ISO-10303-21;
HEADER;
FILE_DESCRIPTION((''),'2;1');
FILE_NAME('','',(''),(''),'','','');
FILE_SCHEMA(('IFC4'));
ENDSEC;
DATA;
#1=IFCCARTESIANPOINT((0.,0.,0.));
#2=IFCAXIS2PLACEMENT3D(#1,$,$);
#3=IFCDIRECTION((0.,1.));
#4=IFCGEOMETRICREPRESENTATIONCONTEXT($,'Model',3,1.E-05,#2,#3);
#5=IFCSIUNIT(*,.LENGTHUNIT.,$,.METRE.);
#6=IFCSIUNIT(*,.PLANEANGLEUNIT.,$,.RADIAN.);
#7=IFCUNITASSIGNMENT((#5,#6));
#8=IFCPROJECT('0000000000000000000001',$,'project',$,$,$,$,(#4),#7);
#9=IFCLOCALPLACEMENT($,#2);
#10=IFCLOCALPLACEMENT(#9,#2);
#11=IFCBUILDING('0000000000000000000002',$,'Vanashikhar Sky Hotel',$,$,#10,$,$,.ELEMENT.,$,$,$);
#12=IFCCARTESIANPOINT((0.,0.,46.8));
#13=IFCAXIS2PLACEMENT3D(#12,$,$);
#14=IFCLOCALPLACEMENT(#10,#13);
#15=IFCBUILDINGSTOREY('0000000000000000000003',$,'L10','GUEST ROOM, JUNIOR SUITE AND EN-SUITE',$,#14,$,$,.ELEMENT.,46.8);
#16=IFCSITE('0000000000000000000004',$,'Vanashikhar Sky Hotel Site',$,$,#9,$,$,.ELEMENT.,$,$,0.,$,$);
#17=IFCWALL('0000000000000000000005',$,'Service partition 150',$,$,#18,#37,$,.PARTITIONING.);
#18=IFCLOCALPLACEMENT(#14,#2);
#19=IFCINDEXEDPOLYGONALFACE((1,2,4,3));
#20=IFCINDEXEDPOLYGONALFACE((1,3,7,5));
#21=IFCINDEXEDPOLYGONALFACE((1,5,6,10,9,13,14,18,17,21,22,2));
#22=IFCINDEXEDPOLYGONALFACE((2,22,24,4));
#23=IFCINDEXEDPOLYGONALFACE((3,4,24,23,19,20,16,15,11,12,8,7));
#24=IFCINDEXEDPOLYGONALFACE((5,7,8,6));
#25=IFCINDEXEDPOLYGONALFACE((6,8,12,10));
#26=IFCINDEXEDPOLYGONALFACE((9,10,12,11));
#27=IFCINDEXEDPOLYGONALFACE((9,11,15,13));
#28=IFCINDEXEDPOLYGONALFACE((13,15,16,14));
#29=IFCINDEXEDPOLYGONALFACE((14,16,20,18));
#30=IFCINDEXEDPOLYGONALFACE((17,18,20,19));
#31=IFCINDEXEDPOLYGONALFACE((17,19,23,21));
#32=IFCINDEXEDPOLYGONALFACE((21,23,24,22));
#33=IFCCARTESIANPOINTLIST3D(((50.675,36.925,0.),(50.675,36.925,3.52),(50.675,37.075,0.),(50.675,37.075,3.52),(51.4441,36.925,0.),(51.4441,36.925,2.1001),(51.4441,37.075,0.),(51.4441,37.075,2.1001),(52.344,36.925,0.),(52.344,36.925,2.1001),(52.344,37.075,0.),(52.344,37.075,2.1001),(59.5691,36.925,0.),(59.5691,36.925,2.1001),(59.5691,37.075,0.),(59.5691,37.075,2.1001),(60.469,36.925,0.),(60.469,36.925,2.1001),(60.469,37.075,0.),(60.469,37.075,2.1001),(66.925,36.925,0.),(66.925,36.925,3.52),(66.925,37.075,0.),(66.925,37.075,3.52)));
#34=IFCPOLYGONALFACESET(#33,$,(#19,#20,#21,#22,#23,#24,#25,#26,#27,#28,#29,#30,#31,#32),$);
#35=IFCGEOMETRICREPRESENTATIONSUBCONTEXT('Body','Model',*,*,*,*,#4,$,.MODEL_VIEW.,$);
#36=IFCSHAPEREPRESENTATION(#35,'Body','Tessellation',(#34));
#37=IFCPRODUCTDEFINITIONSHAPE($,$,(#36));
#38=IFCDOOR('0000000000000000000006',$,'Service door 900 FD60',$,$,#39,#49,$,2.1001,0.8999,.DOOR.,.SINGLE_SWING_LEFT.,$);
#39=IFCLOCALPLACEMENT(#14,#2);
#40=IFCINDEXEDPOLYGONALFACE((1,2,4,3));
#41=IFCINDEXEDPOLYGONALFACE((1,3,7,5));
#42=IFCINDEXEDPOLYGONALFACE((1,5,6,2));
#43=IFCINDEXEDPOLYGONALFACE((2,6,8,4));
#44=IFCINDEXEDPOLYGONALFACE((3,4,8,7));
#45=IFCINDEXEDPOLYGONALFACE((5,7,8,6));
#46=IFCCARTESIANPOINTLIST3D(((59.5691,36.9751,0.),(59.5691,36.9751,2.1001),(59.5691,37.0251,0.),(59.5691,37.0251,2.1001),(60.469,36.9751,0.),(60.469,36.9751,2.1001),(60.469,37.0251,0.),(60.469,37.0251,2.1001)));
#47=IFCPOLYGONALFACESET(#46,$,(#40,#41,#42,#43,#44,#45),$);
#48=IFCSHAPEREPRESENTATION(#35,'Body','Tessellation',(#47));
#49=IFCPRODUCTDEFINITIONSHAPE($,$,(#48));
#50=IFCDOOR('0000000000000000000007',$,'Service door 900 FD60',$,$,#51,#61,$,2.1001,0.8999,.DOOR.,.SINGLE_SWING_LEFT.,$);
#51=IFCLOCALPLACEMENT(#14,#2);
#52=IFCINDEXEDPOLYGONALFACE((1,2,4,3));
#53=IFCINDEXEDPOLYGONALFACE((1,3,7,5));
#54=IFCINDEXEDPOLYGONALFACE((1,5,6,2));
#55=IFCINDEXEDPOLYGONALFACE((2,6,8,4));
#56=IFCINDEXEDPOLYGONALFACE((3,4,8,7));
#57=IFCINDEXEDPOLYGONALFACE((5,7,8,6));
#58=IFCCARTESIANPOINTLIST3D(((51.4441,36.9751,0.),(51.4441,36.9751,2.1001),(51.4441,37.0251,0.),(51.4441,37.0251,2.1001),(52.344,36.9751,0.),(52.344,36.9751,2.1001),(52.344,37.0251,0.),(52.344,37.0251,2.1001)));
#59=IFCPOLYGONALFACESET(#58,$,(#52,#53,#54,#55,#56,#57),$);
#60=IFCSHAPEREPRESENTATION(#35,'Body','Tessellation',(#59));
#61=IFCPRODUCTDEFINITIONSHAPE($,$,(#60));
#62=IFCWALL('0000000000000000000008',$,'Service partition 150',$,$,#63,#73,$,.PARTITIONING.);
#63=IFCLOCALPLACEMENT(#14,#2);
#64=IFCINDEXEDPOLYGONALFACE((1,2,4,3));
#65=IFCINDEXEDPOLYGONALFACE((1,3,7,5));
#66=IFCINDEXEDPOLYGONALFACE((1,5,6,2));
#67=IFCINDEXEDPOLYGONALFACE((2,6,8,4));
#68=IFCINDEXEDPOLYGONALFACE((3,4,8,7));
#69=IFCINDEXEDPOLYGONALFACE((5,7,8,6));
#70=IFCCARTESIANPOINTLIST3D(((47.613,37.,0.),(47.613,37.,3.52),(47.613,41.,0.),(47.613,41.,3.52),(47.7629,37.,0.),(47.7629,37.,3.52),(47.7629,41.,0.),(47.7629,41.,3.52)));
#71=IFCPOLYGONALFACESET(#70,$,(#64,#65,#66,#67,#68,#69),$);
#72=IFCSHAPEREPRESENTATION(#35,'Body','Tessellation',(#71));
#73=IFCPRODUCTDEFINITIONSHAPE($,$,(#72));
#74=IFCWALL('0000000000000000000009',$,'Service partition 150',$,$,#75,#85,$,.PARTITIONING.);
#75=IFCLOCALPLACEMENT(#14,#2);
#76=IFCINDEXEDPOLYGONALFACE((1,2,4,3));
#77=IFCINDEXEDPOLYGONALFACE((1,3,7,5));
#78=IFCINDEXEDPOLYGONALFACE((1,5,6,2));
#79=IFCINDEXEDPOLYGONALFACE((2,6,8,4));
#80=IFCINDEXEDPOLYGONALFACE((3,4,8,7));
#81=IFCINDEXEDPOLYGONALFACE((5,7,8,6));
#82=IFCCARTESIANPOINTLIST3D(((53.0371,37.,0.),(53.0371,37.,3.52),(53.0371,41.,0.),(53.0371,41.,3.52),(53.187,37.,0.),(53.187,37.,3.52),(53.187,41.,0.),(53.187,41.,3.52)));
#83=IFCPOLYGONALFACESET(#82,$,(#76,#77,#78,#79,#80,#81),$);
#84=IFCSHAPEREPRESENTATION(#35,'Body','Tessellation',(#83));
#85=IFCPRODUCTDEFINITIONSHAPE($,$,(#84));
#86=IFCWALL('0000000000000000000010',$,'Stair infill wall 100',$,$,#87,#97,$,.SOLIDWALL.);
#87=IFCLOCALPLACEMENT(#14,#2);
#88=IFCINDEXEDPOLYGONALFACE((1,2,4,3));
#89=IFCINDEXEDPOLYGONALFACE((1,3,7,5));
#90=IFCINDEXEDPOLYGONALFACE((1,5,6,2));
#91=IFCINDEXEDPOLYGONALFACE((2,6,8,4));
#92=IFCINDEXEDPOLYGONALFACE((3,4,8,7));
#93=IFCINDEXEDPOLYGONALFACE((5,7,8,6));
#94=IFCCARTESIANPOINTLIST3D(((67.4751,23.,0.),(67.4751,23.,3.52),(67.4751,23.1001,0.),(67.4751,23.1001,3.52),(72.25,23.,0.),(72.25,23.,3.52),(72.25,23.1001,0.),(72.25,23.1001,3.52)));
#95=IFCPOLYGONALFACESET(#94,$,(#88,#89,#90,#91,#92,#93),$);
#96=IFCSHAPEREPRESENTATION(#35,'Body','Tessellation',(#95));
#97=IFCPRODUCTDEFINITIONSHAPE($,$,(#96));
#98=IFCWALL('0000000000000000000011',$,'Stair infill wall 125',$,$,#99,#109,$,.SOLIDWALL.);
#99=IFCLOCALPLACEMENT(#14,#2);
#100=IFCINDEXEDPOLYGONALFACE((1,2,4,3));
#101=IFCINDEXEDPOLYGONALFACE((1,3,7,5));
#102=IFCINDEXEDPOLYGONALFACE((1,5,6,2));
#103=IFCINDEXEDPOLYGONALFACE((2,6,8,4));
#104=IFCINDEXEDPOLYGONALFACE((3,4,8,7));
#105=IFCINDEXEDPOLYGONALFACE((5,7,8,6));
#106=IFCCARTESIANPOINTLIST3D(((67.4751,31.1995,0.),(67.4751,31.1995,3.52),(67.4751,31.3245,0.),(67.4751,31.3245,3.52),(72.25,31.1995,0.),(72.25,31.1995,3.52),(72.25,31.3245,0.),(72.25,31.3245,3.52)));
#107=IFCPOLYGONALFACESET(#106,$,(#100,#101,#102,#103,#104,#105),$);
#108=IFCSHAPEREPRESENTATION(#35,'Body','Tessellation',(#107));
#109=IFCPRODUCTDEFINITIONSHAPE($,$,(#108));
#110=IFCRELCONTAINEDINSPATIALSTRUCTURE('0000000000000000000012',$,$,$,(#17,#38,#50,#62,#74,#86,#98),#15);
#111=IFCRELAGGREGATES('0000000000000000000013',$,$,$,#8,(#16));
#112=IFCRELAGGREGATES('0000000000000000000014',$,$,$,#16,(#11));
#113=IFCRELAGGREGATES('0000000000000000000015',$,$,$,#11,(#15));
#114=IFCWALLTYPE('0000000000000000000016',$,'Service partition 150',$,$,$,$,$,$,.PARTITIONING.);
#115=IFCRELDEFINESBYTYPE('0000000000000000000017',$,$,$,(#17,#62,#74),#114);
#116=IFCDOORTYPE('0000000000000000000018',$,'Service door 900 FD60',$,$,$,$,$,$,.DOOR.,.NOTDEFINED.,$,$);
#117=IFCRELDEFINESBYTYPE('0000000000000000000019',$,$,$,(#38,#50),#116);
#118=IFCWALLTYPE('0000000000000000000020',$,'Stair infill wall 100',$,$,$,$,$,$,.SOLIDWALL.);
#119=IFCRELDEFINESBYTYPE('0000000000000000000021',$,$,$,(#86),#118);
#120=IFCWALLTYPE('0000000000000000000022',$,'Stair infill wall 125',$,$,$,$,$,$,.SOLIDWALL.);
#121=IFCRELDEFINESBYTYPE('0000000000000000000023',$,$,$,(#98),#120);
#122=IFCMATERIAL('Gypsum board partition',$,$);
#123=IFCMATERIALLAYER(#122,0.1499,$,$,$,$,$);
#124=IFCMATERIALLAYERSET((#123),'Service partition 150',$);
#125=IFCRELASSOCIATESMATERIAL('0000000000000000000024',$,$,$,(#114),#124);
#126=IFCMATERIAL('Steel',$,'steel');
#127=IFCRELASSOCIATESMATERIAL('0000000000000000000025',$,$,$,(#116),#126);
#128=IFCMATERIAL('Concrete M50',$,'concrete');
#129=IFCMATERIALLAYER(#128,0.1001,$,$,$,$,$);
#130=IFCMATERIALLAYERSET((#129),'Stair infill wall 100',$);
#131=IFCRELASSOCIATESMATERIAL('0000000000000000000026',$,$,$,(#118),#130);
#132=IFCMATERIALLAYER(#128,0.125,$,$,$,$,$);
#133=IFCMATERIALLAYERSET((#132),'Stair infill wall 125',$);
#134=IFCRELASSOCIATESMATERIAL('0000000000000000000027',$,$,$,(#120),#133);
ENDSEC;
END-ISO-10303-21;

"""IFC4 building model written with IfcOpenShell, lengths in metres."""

from ifc_helpers import new_model, si_unit, direction, frame, frame_2d, origin, place, context, subcontext, project, spatial, rectangle, extrude, source, transform, mapped, material, layer, layer_set, type_object, element, fill, save


model = new_model("IFC4")

# Units and contexts
model_context = context("Model", 3, precision=1e-05, world=origin(), true_north=direction((0.0, 1.0)))
body_context = subcontext(model_context, "Body", "Model", "MODEL_VIEW")
ifc_project = project(units=[si_unit("LENGTHUNIT", "METRE"), si_unit("PLANEANGLEUNIT", "RADIAN")], contexts=[model_context])

# Site, building, storey
site_placement = place(None, origin())
site = spatial("IfcSite", under=ifc_project, at=site_placement, Name="Vanashikhar Sky Hotel Site", CompositionType="ELEMENT", RefElevation=0.0)
building_placement = place(site_placement, origin())
building = spatial("IfcBuilding", under=site, at=building_placement, Name="Vanashikhar Sky Hotel", CompositionType="ELEMENT")
storey_placement = place(building_placement, frame((0.0, 0.0, 46.8)))
storey = spatial("IfcBuildingStorey", under=building, at=storey_placement, Name="L10", Description="GUEST ROOM, JUNIOR SUITE AND EN-SUITE", CompositionType="ELEMENT", Elevation=46.8)

# Shared definitions
ifc_material_1 = material(Name="Steel", Category="steel")

# Shared definitions
ifc_material_2 = material(Name="Gypsum board partition")
ifc_layer_1 = layer(ifc_material_2, 0.1499)
ifc_layer_set_1 = layer_set([ifc_layer_1], Name="Service partition 150")
wall_type_1 = type_object("IfcWallType", Name="Service partition 150", PredefinedType="PARTITIONING", material=ifc_layer_set_1)

# Wall, openings, doors
shared_shape_1 = source(origin(), body_context, "Body", "SweptSolid", [
    extrude(rectangle(XDim=0.8999, YDim=2.1001, at=frame_2d((0.45, 1.05))), frame((0.0, 0.085, 0.0), z_axis=(0.0, -1.0, 0.0), x_axis=(1.0, 0.0, 0.0)), (0.0, 0.0, 1.0), 0.1699),
])
door_type_1 = type_object("IfcDoorType", Name="Service door 900 FD60", OperationType="NOTDEFINED", PredefinedType="DOOR", material=ifc_material_1)
shared_shape_2 = source(origin(), body_context, "Body", "SweptSolid", [
    extrude(rectangle(XDim=0.8999, YDim=2.1001, at=frame_2d((0.45, 1.05))), frame((0.0, 0.0249, 0.0), z_axis=(0.0, -1.0, 0.0), x_axis=(1.0, 0.0, 0.0)), (0.0, 0.0, 1.0), 0.05),
])
shared_shape_3 = source(origin(), body_context, "Body", "SweptSolid", [
    extrude(rectangle(XDim=16.25, YDim=0.1499, at=frame_2d((8.125, 0.0))), origin(), (0.0, 0.0, 1.0), 3.52),
])
wall_1_placement = place(storey_placement, frame((66.925, 37.0, 0.0), z_axis=(0.0, 0.0, 1.0), x_axis=(-1.0, 0.0, 0.0)))
wall_1 = element("IfcWall", 1, at=wall_1_placement, inside=storey, type_object=wall_type_1, Name="Service partition 150", PredefinedType="PARTITIONING", context=body_context, shape_type="MappedRepresentation", body=[
    mapped(shared_shape_3, transform((0.0, 0.0, 0.0), scale=1.0)),
])
opening_1_placement = place(wall_1_placement, frame((6.4561, 0.0, 0.0)))
opening_1 = element("IfcOpeningElement", 2, at=opening_1_placement, cuts=wall_1, PredefinedType="OPENING", context=body_context, shape_type="MappedRepresentation", body=[
    mapped(shared_shape_1, transform((0.0, 0.0, 0.0), scale=1.0)),
])
opening_2_placement = place(wall_1_placement, frame((14.5811, 0.0, 0.0)))
opening_2 = element("IfcOpeningElement", 3, at=opening_2_placement, cuts=wall_1, PredefinedType="OPENING", context=body_context, shape_type="MappedRepresentation", body=[
    mapped(shared_shape_1, transform((0.0, 0.0, 0.0), scale=1.0)),
])
door_1_placement = place(opening_1_placement, origin())
door_1 = element("IfcDoor", 4, at=door_1_placement, inside=storey, type_object=door_type_1, Name="Service door 900 FD60", OperationType="SINGLE_SWING_LEFT", OverallHeight=2.1001, OverallWidth=0.8999, PredefinedType="DOOR", context=body_context, shape_type="MappedRepresentation", body=[
    mapped(shared_shape_2, transform((0.0, 0.0, 0.0), scale=1.0)),
])
fill(opening_1, door_1)
door_2_placement = place(opening_2_placement, origin())
door_2 = element("IfcDoor", 5, at=door_2_placement, inside=storey, type_object=door_type_1, Name="Service door 900 FD60", OperationType="SINGLE_SWING_LEFT", OverallHeight=2.1001, OverallWidth=0.8999, PredefinedType="DOOR", context=body_context, shape_type="MappedRepresentation", body=[
    mapped(shared_shape_2, transform((0.0, 0.0, 0.0), scale=1.0)),
])
fill(opening_2, door_2)

# Walls
shared_shape_4 = source(origin(), body_context, "Body", "SweptSolid", [
    extrude(rectangle(XDim=4.0, YDim=0.1499, at=frame_2d((2.0, 0.0))), origin(), (0.0, 0.0, 1.0), 3.52),
])
for number, where, z_axis, x_axis, name in (
    (6, (47.688, 37.0, 0.0), (0.0, 0.0, 1.0), (0.0, 1.0, 0.0), "Service partition 150"),
    (7, (53.1121, 37.0, 0.0), (0.0, 0.0, 1.0), (0.0, 1.0, 0.0), "Service partition 150"),
):
    element("IfcWall", number, at=place(storey_placement, frame(where, z_axis=z_axis, x_axis=x_axis)), inside=storey, type_object=wall_type_1, Name=name, PredefinedType="PARTITIONING", context=body_context, shape_type="MappedRepresentation", body=[
        mapped(shared_shape_4, transform((0.0, 0.0, 0.0), scale=1.0)),
    ])
ifc_material_3 = material(Name="Concrete M50", Category="concrete")
ifc_layer_2 = layer(ifc_material_3, 0.1001)
ifc_layer_set_2 = layer_set([ifc_layer_2], Name="Stair infill wall 100")
wall_type_2 = type_object("IfcWallType", Name="Stair infill wall 100", PredefinedType="SOLIDWALL", material=ifc_layer_set_2)
shared_shape_5 = source(origin(), body_context, "Body", "SweptSolid", [
    extrude(rectangle(XDim=4.7749, YDim=0.1001, at=frame_2d((2.3875, 0.0))), origin(), (0.0, 0.0, 1.0), 3.52),
])
wall_2_placement = place(storey_placement, frame((67.4751, 23.05, 0.0), z_axis=(0.0, 0.0, 1.0), x_axis=(1.0, 0.0, 0.0)))
element("IfcWall", 8, at=wall_2_placement, inside=storey, type_object=wall_type_2, Name="Stair infill wall 100", PredefinedType="SOLIDWALL", context=body_context, shape_type="MappedRepresentation", body=[
    mapped(shared_shape_5, transform((0.0, 0.0, 0.0), scale=1.0)),
])
ifc_layer_3 = layer(ifc_material_3, 0.125)
ifc_layer_set_3 = layer_set([ifc_layer_3], Name="Stair infill wall 125")
wall_type_3 = type_object("IfcWallType", Name="Stair infill wall 125", PredefinedType="SOLIDWALL", material=ifc_layer_set_3)
shared_shape_6 = source(origin(), body_context, "Body", "SweptSolid", [
    extrude(rectangle(XDim=4.7749, YDim=0.125, at=frame_2d((2.3875, 0.0))), origin(), (0.0, 0.0, 1.0), 3.52),
])
wall_3_placement = place(storey_placement, frame((67.4751, 31.262, 0.0), z_axis=(0.0, 0.0, 1.0), x_axis=(1.0, 0.0, 0.0)))
element("IfcWall", 9, at=wall_3_placement, inside=storey, type_object=wall_type_3, Name="Stair infill wall 125", PredefinedType="SOLIDWALL", context=body_context, shape_type="MappedRepresentation", body=[
    mapped(shared_shape_6, transform((0.0, 0.0, 0.0), scale=1.0)),
])

save(model, "model.ifc")
